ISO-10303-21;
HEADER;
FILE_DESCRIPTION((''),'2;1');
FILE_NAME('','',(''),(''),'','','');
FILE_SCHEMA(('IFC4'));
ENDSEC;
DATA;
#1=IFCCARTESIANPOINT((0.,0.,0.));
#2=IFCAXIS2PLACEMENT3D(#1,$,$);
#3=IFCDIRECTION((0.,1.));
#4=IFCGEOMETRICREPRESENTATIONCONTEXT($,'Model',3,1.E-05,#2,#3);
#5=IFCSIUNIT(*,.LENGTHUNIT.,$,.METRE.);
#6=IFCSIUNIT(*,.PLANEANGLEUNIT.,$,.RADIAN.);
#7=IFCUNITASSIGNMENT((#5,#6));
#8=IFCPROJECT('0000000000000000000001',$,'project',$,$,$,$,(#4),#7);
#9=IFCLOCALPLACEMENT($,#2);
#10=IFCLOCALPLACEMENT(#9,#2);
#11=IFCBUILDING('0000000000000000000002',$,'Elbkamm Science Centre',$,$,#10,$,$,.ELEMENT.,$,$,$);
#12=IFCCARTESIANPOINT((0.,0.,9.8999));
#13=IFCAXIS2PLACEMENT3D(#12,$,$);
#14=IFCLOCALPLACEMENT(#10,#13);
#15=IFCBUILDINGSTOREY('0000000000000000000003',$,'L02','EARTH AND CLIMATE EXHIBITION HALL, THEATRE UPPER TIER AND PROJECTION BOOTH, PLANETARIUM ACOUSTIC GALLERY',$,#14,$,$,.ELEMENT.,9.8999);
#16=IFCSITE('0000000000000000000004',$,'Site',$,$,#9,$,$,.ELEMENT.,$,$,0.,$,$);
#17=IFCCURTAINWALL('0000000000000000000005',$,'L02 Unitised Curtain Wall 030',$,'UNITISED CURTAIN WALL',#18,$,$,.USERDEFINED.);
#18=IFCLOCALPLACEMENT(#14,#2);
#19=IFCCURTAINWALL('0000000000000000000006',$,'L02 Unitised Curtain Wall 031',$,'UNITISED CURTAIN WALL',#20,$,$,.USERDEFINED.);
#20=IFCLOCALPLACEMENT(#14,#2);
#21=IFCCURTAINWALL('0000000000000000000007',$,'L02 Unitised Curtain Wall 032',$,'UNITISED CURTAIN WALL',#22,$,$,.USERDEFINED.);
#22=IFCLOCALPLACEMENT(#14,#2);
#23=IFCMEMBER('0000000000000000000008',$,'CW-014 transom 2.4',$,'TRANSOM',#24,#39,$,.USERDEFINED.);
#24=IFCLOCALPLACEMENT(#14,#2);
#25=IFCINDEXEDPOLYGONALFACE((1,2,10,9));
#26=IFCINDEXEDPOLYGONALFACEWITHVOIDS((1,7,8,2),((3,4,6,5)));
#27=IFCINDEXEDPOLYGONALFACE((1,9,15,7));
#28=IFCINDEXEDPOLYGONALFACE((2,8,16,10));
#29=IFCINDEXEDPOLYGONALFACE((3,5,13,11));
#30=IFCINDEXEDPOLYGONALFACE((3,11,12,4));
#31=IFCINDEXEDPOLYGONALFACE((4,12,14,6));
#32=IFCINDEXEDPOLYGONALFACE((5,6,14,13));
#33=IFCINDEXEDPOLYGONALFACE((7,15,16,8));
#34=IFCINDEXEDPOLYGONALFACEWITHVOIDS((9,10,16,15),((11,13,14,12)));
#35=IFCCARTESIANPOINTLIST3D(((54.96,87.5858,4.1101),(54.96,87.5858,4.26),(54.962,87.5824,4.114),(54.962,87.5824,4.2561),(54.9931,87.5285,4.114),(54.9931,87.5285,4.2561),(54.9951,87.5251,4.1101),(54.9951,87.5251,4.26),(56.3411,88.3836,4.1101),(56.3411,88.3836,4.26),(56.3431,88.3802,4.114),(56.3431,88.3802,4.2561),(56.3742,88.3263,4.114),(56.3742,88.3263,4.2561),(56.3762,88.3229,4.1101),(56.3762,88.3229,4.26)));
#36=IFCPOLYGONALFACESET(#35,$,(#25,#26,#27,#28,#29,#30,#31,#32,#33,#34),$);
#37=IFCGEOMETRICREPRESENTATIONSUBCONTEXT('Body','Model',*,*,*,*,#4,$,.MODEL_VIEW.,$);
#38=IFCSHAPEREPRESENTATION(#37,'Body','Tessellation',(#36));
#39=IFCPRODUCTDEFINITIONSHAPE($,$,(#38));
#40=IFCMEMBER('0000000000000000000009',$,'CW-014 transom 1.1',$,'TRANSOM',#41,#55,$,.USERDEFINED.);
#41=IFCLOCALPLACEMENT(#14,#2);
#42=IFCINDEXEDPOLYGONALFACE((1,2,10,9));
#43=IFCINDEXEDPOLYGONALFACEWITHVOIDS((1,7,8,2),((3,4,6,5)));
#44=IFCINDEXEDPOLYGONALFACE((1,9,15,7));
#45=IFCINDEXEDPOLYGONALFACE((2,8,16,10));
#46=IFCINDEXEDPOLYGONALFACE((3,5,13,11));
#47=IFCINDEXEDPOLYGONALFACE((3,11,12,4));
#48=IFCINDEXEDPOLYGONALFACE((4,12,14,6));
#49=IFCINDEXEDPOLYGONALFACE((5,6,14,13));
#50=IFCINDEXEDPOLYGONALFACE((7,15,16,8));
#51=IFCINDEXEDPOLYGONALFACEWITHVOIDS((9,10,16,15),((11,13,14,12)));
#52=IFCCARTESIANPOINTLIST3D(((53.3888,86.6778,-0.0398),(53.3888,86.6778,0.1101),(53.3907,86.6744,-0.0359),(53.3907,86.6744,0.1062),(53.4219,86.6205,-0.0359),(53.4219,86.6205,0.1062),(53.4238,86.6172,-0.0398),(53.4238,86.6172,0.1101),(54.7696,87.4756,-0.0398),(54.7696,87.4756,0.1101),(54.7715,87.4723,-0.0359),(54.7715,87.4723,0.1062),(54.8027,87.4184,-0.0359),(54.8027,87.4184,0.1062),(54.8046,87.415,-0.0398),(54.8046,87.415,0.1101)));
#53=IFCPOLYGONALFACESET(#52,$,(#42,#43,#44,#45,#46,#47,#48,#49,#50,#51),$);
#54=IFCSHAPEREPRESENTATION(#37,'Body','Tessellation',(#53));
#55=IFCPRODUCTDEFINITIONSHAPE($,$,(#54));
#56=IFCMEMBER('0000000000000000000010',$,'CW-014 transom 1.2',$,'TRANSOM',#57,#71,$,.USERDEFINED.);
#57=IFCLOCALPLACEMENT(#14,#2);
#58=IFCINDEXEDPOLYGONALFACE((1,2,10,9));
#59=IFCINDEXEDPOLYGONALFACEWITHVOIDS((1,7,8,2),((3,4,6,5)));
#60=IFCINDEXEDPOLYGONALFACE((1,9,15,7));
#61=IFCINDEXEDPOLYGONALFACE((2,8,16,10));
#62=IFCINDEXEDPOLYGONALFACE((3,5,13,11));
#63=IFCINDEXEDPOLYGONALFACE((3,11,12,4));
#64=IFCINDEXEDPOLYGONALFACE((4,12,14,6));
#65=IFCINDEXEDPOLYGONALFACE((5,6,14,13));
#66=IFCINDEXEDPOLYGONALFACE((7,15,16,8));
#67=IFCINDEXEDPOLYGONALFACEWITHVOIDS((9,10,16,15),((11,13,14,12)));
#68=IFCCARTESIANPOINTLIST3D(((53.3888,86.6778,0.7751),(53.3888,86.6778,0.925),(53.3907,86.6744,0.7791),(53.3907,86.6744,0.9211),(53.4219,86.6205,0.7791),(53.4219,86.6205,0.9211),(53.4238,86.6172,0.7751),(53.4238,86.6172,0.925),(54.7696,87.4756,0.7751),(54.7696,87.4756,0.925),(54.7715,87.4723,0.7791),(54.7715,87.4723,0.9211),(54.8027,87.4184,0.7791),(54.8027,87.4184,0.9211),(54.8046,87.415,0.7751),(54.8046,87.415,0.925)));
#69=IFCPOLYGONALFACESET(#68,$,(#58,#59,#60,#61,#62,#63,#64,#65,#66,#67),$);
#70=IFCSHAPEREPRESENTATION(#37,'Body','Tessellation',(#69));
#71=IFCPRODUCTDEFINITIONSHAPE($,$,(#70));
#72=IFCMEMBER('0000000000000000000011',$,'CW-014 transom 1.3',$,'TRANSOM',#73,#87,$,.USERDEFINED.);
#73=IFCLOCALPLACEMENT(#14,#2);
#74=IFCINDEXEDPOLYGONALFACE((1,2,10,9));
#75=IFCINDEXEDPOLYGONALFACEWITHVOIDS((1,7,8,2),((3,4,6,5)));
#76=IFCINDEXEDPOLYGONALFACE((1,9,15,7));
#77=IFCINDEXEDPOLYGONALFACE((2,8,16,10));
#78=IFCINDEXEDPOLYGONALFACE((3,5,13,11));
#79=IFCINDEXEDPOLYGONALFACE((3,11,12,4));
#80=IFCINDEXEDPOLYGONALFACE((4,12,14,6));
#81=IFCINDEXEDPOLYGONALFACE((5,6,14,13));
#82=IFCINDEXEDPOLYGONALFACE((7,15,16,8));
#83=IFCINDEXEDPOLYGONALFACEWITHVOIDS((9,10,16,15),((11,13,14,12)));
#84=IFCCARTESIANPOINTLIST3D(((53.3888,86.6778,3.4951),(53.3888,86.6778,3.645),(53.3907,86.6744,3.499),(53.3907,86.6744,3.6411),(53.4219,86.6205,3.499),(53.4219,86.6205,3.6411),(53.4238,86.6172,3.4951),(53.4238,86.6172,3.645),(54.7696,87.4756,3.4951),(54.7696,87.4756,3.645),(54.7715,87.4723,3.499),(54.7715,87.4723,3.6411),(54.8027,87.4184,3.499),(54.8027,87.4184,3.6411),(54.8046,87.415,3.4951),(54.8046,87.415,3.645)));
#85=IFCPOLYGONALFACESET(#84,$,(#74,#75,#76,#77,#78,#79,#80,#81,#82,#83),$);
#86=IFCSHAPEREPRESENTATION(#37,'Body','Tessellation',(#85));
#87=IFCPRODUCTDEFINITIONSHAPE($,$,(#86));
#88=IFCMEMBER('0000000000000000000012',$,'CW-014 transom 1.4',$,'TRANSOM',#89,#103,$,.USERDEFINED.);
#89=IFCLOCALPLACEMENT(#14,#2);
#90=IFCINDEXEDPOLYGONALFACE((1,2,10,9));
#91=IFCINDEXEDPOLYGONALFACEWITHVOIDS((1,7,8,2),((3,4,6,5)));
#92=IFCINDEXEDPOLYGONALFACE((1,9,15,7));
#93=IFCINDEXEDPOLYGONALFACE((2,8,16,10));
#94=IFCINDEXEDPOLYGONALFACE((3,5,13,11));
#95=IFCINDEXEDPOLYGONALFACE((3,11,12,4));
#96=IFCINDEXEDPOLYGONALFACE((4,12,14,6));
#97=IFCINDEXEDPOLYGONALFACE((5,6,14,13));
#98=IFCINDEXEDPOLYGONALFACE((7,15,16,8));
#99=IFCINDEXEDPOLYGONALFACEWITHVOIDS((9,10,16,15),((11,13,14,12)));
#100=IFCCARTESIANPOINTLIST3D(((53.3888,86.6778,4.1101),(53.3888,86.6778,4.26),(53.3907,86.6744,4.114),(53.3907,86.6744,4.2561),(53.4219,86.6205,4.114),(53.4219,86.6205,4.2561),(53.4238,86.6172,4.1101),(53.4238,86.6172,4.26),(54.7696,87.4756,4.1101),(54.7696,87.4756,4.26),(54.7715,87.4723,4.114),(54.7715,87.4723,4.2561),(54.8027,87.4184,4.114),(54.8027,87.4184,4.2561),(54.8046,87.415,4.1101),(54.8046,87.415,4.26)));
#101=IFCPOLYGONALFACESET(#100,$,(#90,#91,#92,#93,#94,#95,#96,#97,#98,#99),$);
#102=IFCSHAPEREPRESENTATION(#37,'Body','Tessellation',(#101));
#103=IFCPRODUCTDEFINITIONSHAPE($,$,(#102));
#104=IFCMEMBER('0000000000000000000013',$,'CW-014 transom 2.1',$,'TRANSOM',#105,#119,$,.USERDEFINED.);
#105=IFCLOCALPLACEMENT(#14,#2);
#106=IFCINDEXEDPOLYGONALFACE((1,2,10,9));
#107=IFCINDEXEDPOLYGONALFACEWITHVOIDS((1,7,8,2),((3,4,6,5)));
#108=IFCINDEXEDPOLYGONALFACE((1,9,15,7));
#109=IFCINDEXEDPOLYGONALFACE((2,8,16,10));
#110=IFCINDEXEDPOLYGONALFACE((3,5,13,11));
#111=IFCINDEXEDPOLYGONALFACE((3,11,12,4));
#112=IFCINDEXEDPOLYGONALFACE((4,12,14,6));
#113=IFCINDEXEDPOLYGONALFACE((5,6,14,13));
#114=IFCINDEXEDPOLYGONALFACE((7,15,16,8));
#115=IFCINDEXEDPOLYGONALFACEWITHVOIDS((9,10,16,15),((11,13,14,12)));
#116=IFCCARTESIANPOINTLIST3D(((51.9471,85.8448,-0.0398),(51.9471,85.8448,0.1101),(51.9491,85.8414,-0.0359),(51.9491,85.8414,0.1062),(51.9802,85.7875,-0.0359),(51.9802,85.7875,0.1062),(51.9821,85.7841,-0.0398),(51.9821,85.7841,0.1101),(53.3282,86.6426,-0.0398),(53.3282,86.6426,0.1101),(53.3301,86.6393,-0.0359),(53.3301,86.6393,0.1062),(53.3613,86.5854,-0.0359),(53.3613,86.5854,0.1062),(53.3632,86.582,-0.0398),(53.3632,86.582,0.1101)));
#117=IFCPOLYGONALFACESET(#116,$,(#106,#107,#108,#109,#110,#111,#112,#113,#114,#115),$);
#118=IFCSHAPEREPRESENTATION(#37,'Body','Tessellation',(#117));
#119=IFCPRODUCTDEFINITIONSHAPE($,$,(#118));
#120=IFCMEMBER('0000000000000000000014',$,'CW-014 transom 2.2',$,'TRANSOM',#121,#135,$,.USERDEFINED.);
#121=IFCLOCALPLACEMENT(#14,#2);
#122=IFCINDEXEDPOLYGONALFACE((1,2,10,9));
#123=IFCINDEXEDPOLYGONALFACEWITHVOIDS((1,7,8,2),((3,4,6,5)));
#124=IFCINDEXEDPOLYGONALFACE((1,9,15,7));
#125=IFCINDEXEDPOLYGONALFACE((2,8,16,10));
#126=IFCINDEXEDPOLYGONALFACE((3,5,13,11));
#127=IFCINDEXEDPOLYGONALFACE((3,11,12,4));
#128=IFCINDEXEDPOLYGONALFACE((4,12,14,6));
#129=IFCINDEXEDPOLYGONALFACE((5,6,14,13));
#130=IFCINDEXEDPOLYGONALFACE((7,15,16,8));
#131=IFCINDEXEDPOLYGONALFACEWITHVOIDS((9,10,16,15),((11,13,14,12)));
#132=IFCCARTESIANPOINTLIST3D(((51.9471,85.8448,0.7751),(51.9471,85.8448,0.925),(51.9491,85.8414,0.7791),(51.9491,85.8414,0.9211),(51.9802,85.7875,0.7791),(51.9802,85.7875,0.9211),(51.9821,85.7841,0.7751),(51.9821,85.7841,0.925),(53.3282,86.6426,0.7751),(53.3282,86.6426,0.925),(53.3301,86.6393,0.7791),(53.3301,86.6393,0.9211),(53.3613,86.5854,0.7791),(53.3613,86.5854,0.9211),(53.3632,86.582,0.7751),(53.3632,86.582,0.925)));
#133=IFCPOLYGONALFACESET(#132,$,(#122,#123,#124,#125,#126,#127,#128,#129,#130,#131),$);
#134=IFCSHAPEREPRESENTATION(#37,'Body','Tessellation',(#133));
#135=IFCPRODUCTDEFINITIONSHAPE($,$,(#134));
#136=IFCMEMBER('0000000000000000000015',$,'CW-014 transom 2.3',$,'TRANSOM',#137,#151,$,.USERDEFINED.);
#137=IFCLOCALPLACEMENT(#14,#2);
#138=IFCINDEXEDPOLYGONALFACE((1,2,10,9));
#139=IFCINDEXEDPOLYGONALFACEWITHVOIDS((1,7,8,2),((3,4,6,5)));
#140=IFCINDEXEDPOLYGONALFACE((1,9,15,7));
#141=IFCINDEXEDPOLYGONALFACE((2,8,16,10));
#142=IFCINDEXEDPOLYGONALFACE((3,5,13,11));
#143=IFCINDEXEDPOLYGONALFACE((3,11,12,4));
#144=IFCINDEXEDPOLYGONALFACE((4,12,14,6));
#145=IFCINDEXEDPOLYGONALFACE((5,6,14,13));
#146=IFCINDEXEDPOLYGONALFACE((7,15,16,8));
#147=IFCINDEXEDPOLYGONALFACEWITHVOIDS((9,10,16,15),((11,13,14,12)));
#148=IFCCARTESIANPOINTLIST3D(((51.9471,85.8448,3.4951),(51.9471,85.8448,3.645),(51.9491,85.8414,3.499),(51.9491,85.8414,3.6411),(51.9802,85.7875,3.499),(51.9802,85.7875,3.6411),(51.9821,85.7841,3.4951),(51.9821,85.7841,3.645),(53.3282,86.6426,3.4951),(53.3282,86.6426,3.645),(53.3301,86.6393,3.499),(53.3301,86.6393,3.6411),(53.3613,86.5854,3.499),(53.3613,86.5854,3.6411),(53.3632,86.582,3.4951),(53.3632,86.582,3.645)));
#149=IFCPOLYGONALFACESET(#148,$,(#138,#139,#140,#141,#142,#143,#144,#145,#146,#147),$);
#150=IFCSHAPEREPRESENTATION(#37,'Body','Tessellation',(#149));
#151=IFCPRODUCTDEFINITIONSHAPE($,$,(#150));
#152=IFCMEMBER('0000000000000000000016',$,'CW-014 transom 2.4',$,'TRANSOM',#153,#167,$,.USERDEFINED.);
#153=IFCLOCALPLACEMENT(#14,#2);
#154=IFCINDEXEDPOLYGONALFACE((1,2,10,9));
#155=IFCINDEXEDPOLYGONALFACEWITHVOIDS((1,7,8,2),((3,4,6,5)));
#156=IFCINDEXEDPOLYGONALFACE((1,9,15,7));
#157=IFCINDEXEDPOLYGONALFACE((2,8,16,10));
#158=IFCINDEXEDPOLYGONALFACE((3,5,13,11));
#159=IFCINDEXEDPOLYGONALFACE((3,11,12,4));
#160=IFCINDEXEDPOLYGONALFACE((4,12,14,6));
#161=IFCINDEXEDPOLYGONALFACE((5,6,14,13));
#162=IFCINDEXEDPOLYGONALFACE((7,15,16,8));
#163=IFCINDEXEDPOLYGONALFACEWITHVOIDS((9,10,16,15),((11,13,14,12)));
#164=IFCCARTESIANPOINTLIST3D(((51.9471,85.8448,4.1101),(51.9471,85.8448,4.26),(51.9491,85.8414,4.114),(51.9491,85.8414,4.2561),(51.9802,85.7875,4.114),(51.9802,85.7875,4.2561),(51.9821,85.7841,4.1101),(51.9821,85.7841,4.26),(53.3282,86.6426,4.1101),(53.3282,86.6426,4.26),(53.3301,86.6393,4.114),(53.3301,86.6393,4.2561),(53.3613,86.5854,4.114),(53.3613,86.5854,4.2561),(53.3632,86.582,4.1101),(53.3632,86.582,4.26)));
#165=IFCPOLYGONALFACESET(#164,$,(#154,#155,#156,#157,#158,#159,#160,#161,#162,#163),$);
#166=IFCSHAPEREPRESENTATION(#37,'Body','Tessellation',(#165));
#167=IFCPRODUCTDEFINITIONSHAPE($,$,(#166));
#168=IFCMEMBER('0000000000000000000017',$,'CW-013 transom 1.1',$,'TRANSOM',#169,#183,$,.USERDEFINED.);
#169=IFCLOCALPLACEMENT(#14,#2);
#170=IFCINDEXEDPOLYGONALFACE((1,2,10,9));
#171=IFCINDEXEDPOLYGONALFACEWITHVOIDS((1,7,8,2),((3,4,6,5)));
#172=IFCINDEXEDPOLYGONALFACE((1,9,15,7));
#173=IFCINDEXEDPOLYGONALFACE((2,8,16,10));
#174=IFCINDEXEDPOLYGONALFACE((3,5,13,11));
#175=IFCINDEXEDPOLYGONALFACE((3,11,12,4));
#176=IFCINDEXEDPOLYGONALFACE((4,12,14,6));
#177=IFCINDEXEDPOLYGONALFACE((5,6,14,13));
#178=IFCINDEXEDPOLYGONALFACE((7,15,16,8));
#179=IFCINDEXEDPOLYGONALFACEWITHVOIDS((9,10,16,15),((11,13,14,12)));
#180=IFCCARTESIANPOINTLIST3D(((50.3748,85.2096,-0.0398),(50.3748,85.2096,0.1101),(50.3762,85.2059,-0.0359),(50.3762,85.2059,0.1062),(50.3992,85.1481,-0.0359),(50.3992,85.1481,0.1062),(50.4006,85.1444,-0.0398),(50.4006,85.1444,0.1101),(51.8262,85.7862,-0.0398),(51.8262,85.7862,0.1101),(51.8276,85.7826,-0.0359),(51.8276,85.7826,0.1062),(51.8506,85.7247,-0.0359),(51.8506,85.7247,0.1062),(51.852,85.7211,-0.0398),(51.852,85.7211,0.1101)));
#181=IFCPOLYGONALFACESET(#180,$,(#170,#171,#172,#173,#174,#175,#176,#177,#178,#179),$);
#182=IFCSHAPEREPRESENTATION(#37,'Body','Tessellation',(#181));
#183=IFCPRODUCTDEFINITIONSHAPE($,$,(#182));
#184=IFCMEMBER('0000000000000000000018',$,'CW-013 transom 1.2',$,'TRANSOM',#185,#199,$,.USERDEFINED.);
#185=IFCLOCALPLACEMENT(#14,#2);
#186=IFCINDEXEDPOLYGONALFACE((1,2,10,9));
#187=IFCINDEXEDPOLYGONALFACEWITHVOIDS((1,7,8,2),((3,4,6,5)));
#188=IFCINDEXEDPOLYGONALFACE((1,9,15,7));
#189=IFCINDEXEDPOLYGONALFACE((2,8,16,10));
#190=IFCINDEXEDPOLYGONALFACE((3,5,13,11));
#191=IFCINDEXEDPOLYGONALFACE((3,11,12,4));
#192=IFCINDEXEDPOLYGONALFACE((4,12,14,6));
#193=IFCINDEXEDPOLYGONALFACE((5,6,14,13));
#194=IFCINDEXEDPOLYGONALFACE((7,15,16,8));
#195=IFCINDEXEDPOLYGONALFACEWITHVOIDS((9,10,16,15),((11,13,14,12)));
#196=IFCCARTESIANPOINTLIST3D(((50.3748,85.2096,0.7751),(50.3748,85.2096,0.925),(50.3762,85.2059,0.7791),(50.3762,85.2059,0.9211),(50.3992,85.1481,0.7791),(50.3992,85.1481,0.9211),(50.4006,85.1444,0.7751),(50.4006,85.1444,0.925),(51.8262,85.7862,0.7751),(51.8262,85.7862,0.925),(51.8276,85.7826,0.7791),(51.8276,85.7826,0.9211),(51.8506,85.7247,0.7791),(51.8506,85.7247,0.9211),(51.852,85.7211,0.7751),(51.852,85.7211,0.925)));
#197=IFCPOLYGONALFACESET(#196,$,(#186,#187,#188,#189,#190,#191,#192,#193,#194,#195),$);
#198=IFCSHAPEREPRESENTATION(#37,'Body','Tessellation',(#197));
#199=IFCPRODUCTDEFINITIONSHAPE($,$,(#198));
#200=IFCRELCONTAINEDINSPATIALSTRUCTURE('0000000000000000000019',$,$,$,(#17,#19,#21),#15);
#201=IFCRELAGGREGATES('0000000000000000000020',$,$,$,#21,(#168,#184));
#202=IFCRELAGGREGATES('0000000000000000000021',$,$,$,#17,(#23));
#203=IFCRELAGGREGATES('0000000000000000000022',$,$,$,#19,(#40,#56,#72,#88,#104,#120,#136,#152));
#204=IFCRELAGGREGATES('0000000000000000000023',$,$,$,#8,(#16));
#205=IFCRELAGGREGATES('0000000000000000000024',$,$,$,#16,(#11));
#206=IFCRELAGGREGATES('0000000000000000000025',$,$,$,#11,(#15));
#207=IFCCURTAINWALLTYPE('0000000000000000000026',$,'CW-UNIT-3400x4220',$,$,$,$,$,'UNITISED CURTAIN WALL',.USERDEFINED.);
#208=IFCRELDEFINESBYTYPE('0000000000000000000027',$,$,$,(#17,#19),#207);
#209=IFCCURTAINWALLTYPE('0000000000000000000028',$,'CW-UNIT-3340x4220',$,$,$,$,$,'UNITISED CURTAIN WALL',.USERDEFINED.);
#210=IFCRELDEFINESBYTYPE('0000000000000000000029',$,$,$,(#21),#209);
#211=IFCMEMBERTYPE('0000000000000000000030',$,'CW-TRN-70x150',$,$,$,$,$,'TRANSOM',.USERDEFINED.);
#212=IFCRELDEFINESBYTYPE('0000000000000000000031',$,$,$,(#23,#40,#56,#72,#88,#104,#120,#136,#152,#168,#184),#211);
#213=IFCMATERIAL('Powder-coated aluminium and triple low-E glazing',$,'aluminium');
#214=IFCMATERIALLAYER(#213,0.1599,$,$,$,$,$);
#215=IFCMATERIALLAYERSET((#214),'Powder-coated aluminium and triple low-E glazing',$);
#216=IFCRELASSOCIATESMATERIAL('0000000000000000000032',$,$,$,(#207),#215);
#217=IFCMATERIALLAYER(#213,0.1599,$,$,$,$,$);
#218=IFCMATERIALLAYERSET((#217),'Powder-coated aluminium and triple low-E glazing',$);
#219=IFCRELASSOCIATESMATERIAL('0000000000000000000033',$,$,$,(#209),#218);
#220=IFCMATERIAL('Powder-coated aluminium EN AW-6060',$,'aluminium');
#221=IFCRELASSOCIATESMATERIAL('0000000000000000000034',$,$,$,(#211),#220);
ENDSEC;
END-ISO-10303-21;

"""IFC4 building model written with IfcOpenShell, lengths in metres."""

from ifc_helpers import new_model, si_unit, direction, frame, origin, origin_2d, place, context, subcontext, project, spatial, hollow_rectangle, extrude, material, layer, layer_set, material_profile, profile_set, type_object, element, aggregate, save


model = new_model("IFC4")

# Units and contexts
model_context = context("Model", 3, precision=1e-05, world=origin(), true_north=direction((0.0, 1.0)))
body_context = subcontext(model_context, "Body", "Model", "MODEL_VIEW")
ifc_project = project(units=[si_unit("LENGTHUNIT", "METRE"), si_unit("PLANEANGLEUNIT", "RADIAN")], contexts=[model_context])

# Site, building, storey
site_placement = place(None, origin())
site = spatial("IfcSite", under=ifc_project, at=site_placement, Name="Site", CompositionType="ELEMENT", RefElevation=0.0)
building_placement = place(site_placement, origin())
building = spatial("IfcBuilding", under=site, at=building_placement, Name="Elbkamm Science Centre", CompositionType="ELEMENT")
storey_placement = place(building_placement, frame((0.0, 0.0, 9.8999)))
storey = spatial("IfcBuildingStorey", under=building, at=storey_placement, Name="L02", Description="EARTH AND CLIMATE EXHIBITION HALL, THEATRE UPPER TIER AND PROJECTION BOOTH, PLANETARIUM ACOUSTIC GALLERY", CompositionType="ELEMENT", Elevation=9.8999)

# Curtain walls
ifc_material_1 = material(Name="Powder-coated aluminium and triple low-E glazing", Category="aluminium")
ifc_layer_1 = layer(ifc_material_1, 0.1599)
ifc_layer_set_1 = layer_set([ifc_layer_1], Name="Powder-coated aluminium and triple low-E glazing")
curtain_wall_type_1 = type_object("IfcCurtainWallType", Name="CW-UNIT-3400x4220", ElementType="UNITISED CURTAIN WALL", PredefinedType="USERDEFINED", material=ifc_layer_set_1)
curtain_wall_1_placement = place(storey_placement, origin())
curtain_wall_1 = element("IfcCurtainWall", 1, at=curtain_wall_1_placement, inside=storey, type_object=curtain_wall_type_1, Name="L02 Unitised Curtain Wall 030", ObjectType="UNITISED CURTAIN WALL", PredefinedType="USERDEFINED")
ifc_material_2 = material(Name="Powder-coated aluminium EN AW-6060", Category="aluminium")
curtain_wall_2_placement = place(storey_placement, origin())
curtain_wall_2 = element("IfcCurtainWall", 2, at=curtain_wall_2_placement, inside=storey, type_object=curtain_wall_type_1, Name="L02 Unitised Curtain Wall 031", ObjectType="UNITISED CURTAIN WALL", PredefinedType="USERDEFINED")

# Curtain wall
ifc_layer_2 = layer(ifc_material_1, 0.1599)
ifc_layer_set_2 = layer_set([ifc_layer_2], Name="Powder-coated aluminium and triple low-E glazing")
curtain_wall_type_2 = type_object("IfcCurtainWallType", Name="CW-UNIT-3340x4220", ElementType="UNITISED CURTAIN WALL", PredefinedType="USERDEFINED", material=ifc_layer_set_2)
curtain_wall_3_placement = place(storey_placement, origin())
curtain_wall_3 = element("IfcCurtainWall", 3, at=curtain_wall_3_placement, inside=storey, type_object=curtain_wall_type_2, Name="L02 Unitised Curtain Wall 032", ObjectType="UNITISED CURTAIN WALL", PredefinedType="USERDEFINED")

# Members
ifc_material_profile_1 = material_profile(ifc_material_2, hollow_rectangle(XDim=0.0701, YDim=0.1499, WallThickness=0.0039, at=origin_2d()), Name="ALU T70x150")
ifc_profile_set_1 = profile_set([ifc_material_profile_1], Name="Powder-coated aluminium EN AW-6060")
member_type_1 = type_object("IfcMemberType", Name="CW-TRN-70x150", ElementType="TRANSOM", PredefinedType="USERDEFINED", material=ifc_profile_set_1)
member_1_placement = place(storey_placement, frame((56.3586, 88.3533, 4.1851), z_axis=(-0.865897, -0.500221, 0.0), x_axis=(0.500221, -0.865897, 0.0)))
member_1 = element("IfcMember", 4, at=member_1_placement, type_object=member_type_1, Name="CW-014 transom 2.4", ObjectType="TRANSOM", PredefinedType="USERDEFINED", context=body_context, shape_type="SweptSolid", body=[
    extrude(hollow_rectangle(XDim=0.0701, YDim=0.1499, WallThickness=0.0039, at=origin_2d()), origin(), (0.0, 0.0, 1.0), 1.595),
])
member_2_placement = place(storey_placement, frame((54.7871, 87.4453, 0.0352), z_axis=(-0.865859, -0.500288, 0.0), x_axis=(0.500288, -0.865859, 0.0)))
member_2 = element("IfcMember", 5, at=member_2_placement, type_object=member_type_1, Name="CW-014 transom 1.1", ObjectType="TRANSOM", PredefinedType="USERDEFINED", context=body_context, shape_type="SweptSolid", body=[
    extrude(hollow_rectangle(XDim=0.0701, YDim=0.1499, WallThickness=0.0039, at=origin_2d()), origin(), (0.0, 0.0, 1.0), 1.5947),
])
member_3_placement = place(storey_placement, frame((54.7871, 87.4453, 0.8501), z_axis=(-0.865859, -0.500288, 0.0), x_axis=(0.500288, -0.865859, 0.0)))
member_3 = element("IfcMember", 6, at=member_3_placement, type_object=member_type_1, Name="CW-014 transom 1.2", ObjectType="TRANSOM", PredefinedType="USERDEFINED", context=body_context, shape_type="SweptSolid", body=[
    extrude(hollow_rectangle(XDim=0.0701, YDim=0.1499, WallThickness=0.0039, at=origin_2d()), origin(), (0.0, 0.0, 1.0), 1.5947),
])
member_4_placement = place(storey_placement, frame((54.7871, 87.4453, 3.5701), z_axis=(-0.865859, -0.500288, 0.0), x_axis=(0.500288, -0.865859, 0.0)))
member_4 = element("IfcMember", 7, at=member_4_placement, type_object=member_type_1, Name="CW-014 transom 1.3", ObjectType="TRANSOM", PredefinedType="USERDEFINED", context=body_context, shape_type="SweptSolid", body=[
    extrude(hollow_rectangle(XDim=0.0701, YDim=0.1499, WallThickness=0.0039, at=origin_2d()), origin(), (0.0, 0.0, 1.0), 1.5947),
])
member_5_placement = place(storey_placement, frame((54.7871, 87.4453, 4.1851), z_axis=(-0.865859, -0.500288, 0.0), x_axis=(0.500288, -0.865859, 0.0)))
member_5 = element("IfcMember", 8, at=member_5_placement, type_object=member_type_1, Name="CW-014 transom 1.4", ObjectType="TRANSOM", PredefinedType="USERDEFINED", context=body_context, shape_type="SweptSolid", body=[
    extrude(hollow_rectangle(XDim=0.0701, YDim=0.1499, WallThickness=0.0039, at=origin_2d()), origin(), (0.0, 0.0, 1.0), 1.5947),
])
member_6_placement = place(storey_placement, frame((53.3457, 86.6123, 0.0352), z_axis=(-0.865897, -0.500221, 0.0), x_axis=(0.500221, -0.865897, 0.0)))
member_6 = element("IfcMember", 9, at=member_6_placement, type_object=member_type_1, Name="CW-014 transom 2.1", ObjectType="TRANSOM", PredefinedType="USERDEFINED", context=body_context, shape_type="SweptSolid", body=[
    extrude(hollow_rectangle(XDim=0.0701, YDim=0.1499, WallThickness=0.0039, at=origin_2d()), origin(), (0.0, 0.0, 1.0), 1.595),
])
member_7_placement = place(storey_placement, frame((53.3457, 86.6123, 0.8501), z_axis=(-0.865897, -0.500221, 0.0), x_axis=(0.500221, -0.865897, 0.0)))
member_7 = element("IfcMember", 10, at=member_7_placement, type_object=member_type_1, Name="CW-014 transom 2.2", ObjectType="TRANSOM", PredefinedType="USERDEFINED", context=body_context, shape_type="SweptSolid", body=[
    extrude(hollow_rectangle(XDim=0.0701, YDim=0.1499, WallThickness=0.0039, at=origin_2d()), origin(), (0.0, 0.0, 1.0), 1.595),
])
member_8_placement = place(storey_placement, frame((53.3457, 86.6123, 3.5701), z_axis=(-0.865897, -0.500221, 0.0), x_axis=(0.500221, -0.865897, 0.0)))
member_8 = element("IfcMember", 11, at=member_8_placement, type_object=member_type_1, Name="CW-014 transom 2.3", ObjectType="TRANSOM", PredefinedType="USERDEFINED", context=body_context, shape_type="SweptSolid", body=[
    extrude(hollow_rectangle(XDim=0.0701, YDim=0.1499, WallThickness=0.0039, at=origin_2d()), origin(), (0.0, 0.0, 1.0), 1.595),
])
member_9_placement = place(storey_placement, frame((53.3457, 86.6123, 4.1851), z_axis=(-0.865897, -0.500221, 0.0), x_axis=(0.500221, -0.865897, 0.0)))
member_9 = element("IfcMember", 12, at=member_9_placement, type_object=member_type_1, Name="CW-014 transom 2.4", ObjectType="TRANSOM", PredefinedType="USERDEFINED", context=body_context, shape_type="SweptSolid", body=[
    extrude(hollow_rectangle(XDim=0.0701, YDim=0.1499, WallThickness=0.0039, at=origin_2d()), origin(), (0.0, 0.0, 1.0), 1.595),
])
member_10_placement = place(storey_placement, frame((51.8391, 85.7537, 0.0352), z_axis=(-0.929337, -0.369234, 0.0), x_axis=(0.369234, -0.929337, 0.0)))
member_10 = element("IfcMember", 13, at=member_10_placement, type_object=member_type_1, Name="CW-013 transom 1.1", ObjectType="TRANSOM", PredefinedType="USERDEFINED", context=body_context, shape_type="SweptSolid", body=[
    extrude(hollow_rectangle(XDim=0.0701, YDim=0.1499, WallThickness=0.0039, at=origin_2d()), origin(), (0.0, 0.0, 1.0), 1.5618),
])
member_11_placement = place(storey_placement, frame((51.8391, 85.7537, 0.8501), z_axis=(-0.929337, -0.369234, 0.0), x_axis=(0.369234, -0.929337, 0.0)))
member_11 = element("IfcMember", 14, at=member_11_placement, type_object=member_type_1, Name="CW-013 transom 1.2", ObjectType="TRANSOM", PredefinedType="USERDEFINED", context=body_context, shape_type="SweptSolid", body=[
    extrude(hollow_rectangle(XDim=0.0701, YDim=0.1499, WallThickness=0.0039, at=origin_2d()), origin(), (0.0, 0.0, 1.0), 1.5618),
])
aggregate(curtain_wall_3, [member_10, member_11])

aggregate(curtain_wall_1, [member_1])
aggregate(curtain_wall_2, [member_2, member_3, member_4, member_5, member_6, member_7, member_8, member_9])

save(model, "model.ifc")
